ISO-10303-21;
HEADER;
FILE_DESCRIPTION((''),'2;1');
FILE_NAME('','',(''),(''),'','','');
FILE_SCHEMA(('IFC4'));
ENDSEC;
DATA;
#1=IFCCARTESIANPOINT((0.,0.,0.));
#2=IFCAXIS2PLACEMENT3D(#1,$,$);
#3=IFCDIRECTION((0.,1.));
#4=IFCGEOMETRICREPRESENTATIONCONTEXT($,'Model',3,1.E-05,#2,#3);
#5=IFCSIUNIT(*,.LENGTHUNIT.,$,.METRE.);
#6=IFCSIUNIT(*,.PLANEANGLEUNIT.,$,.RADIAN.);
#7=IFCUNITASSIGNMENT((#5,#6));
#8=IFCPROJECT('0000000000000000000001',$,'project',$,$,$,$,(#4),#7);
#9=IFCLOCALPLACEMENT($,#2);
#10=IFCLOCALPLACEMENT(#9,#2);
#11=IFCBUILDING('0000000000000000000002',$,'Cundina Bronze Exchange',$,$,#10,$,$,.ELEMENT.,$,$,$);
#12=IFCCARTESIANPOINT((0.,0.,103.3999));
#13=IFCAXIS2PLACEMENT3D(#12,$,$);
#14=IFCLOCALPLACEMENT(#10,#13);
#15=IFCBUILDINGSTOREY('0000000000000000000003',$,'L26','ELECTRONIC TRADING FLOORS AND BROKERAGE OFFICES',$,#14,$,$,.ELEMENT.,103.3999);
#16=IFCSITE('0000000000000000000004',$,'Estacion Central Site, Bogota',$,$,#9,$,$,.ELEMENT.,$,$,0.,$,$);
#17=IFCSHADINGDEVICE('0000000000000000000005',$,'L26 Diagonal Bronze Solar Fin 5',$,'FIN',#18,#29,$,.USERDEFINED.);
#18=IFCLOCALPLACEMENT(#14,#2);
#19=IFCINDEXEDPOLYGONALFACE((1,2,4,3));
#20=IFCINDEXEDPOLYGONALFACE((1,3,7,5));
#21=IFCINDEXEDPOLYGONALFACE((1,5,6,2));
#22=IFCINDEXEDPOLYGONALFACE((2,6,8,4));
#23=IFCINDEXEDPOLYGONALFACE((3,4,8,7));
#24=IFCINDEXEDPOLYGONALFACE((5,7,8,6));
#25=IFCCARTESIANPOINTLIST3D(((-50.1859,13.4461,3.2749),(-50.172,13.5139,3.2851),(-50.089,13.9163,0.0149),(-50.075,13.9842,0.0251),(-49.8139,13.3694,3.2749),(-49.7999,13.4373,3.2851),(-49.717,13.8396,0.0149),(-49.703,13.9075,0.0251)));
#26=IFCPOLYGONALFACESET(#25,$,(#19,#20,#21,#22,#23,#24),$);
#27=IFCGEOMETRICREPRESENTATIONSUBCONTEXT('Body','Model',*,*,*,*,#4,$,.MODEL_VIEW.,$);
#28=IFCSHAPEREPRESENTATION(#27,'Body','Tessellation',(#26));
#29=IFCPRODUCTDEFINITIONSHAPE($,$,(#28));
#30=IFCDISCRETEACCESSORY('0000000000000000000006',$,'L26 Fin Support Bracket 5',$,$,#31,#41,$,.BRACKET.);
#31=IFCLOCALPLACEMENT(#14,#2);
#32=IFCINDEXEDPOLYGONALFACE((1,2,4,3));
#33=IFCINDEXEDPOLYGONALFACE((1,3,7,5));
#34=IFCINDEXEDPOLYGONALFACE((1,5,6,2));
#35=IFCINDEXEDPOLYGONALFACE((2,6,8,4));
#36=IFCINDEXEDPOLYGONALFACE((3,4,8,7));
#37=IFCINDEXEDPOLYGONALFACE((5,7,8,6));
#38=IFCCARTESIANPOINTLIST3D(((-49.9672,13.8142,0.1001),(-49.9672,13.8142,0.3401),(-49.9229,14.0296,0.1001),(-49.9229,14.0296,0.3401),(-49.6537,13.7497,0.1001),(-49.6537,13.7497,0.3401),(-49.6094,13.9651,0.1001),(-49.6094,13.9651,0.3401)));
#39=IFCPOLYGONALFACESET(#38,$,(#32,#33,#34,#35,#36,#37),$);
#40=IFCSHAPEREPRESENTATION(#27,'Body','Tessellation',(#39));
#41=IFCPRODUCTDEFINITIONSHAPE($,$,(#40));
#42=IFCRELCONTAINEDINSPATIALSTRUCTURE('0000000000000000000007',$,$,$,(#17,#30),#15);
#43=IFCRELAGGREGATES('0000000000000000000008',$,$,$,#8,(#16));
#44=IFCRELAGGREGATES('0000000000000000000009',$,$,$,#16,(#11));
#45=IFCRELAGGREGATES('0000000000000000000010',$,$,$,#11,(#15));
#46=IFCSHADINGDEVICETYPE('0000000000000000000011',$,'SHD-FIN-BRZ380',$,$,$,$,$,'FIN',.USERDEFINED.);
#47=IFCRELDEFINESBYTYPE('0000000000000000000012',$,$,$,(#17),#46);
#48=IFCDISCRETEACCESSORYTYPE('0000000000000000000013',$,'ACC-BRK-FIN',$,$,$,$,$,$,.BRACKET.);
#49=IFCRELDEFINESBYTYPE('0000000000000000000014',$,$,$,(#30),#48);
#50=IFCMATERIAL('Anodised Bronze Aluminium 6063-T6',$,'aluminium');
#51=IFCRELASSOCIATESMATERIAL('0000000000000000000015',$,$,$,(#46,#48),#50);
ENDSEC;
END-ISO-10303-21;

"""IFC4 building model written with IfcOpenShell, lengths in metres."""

from ifc_helpers import new_model, si_unit, direction, frame, origin, origin_2d, place, context, subcontext, project, spatial, rectangle, extrude, material, material_profile, profile_set, type_object, element, save


model = new_model("IFC4")

# Units and contexts
model_context = context("Model", 3, precision=1e-05, world=origin(), true_north=direction((0.0, 1.0)))
body_context = subcontext(model_context, "Body", "Model", "MODEL_VIEW")
ifc_project = project(units=[si_unit("LENGTHUNIT", "METRE"), si_unit("PLANEANGLEUNIT", "RADIAN")], contexts=[model_context])

# Site, building, storey
site_placement = place(None, origin())
site = spatial("IfcSite", under=ifc_project, at=site_placement, Name="Estacion Central Site, Bogota", CompositionType="ELEMENT", RefElevation=0.0)
building_placement = place(site_placement, origin())
building = spatial("IfcBuilding", under=site, at=building_placement, Name="Cundina Bronze Exchange", CompositionType="ELEMENT")
storey_placement = place(building_placement, frame((0.0, 0.0, 103.3999)))
storey = spatial("IfcBuildingStorey", under=building, at=storey_placement, Name="L26", Description="ELECTRONIC TRADING FLOORS AND BROKERAGE OFFICES", CompositionType="ELEMENT", Elevation=103.3999)

# Shared definitions
ifc_material_1 = material(Name="Anodised Bronze Aluminium 6063-T6", Category="aluminium")

# Shading device
ifc_material_profile_1 = material_profile(ifc_material_1, rectangle(XDim=0.0701, YDim=0.3799, at=origin_2d()), Name="FIN70X380", Category="aluminium")
ifc_profile_set_1 = profile_set([ifc_material_profile_1], Name="Anodised Bronze Aluminium 6063-T6")
shading_device_type = type_object("IfcShadingDeviceType", Name="SHD-FIN-BRZ380", ElementType="FIN", PredefinedType="USERDEFINED", material=ifc_profile_set_1)
shading_device_placement = place(storey_placement, frame((-49.896, 13.9119, 0.02), z_axis=(-0.029414, -0.142698, 0.989329), x_axis=(0.199728, 0.968959, 0.145698)))
element("IfcShadingDevice", 1, at=shading_device_placement, inside=storey, type_object=shading_device_type, Name="L26 Diagonal Bronze Solar Fin 5", ObjectType="FIN", PredefinedType="USERDEFINED", context=body_context, shape_type="SweptSolid", body=[
    extrude(rectangle(XDim=0.0701, YDim=0.3799, at=origin_2d()), origin(), (0.0, 0.0, 1.0), 3.2952),
])

# Discrete accessory
discrete_accessory_type = type_object("IfcDiscreteAccessoryType", Name="ACC-BRK-FIN", PredefinedType="BRACKET", material=ifc_material_1)
discrete_accessory_placement = place(storey_placement, frame((-49.7883, 13.8896, 0.1001), z_axis=(0.0, 0.0, 1.0), x_axis=(-0.20142, -0.979505, 0.0)))
element("IfcDiscreteAccessory", 2, at=discrete_accessory_placement, inside=storey, type_object=discrete_accessory_type, Name="L26 Fin Support Bracket 5", PredefinedType="BRACKET", context=body_context, shape_type="SweptSolid", body=[
    extrude(rectangle(XDim=0.22, YDim=0.3201, at=origin_2d()), origin(), (0.0, 0.0, 1.0), 0.24),
])

save(model, "model.ifc")
